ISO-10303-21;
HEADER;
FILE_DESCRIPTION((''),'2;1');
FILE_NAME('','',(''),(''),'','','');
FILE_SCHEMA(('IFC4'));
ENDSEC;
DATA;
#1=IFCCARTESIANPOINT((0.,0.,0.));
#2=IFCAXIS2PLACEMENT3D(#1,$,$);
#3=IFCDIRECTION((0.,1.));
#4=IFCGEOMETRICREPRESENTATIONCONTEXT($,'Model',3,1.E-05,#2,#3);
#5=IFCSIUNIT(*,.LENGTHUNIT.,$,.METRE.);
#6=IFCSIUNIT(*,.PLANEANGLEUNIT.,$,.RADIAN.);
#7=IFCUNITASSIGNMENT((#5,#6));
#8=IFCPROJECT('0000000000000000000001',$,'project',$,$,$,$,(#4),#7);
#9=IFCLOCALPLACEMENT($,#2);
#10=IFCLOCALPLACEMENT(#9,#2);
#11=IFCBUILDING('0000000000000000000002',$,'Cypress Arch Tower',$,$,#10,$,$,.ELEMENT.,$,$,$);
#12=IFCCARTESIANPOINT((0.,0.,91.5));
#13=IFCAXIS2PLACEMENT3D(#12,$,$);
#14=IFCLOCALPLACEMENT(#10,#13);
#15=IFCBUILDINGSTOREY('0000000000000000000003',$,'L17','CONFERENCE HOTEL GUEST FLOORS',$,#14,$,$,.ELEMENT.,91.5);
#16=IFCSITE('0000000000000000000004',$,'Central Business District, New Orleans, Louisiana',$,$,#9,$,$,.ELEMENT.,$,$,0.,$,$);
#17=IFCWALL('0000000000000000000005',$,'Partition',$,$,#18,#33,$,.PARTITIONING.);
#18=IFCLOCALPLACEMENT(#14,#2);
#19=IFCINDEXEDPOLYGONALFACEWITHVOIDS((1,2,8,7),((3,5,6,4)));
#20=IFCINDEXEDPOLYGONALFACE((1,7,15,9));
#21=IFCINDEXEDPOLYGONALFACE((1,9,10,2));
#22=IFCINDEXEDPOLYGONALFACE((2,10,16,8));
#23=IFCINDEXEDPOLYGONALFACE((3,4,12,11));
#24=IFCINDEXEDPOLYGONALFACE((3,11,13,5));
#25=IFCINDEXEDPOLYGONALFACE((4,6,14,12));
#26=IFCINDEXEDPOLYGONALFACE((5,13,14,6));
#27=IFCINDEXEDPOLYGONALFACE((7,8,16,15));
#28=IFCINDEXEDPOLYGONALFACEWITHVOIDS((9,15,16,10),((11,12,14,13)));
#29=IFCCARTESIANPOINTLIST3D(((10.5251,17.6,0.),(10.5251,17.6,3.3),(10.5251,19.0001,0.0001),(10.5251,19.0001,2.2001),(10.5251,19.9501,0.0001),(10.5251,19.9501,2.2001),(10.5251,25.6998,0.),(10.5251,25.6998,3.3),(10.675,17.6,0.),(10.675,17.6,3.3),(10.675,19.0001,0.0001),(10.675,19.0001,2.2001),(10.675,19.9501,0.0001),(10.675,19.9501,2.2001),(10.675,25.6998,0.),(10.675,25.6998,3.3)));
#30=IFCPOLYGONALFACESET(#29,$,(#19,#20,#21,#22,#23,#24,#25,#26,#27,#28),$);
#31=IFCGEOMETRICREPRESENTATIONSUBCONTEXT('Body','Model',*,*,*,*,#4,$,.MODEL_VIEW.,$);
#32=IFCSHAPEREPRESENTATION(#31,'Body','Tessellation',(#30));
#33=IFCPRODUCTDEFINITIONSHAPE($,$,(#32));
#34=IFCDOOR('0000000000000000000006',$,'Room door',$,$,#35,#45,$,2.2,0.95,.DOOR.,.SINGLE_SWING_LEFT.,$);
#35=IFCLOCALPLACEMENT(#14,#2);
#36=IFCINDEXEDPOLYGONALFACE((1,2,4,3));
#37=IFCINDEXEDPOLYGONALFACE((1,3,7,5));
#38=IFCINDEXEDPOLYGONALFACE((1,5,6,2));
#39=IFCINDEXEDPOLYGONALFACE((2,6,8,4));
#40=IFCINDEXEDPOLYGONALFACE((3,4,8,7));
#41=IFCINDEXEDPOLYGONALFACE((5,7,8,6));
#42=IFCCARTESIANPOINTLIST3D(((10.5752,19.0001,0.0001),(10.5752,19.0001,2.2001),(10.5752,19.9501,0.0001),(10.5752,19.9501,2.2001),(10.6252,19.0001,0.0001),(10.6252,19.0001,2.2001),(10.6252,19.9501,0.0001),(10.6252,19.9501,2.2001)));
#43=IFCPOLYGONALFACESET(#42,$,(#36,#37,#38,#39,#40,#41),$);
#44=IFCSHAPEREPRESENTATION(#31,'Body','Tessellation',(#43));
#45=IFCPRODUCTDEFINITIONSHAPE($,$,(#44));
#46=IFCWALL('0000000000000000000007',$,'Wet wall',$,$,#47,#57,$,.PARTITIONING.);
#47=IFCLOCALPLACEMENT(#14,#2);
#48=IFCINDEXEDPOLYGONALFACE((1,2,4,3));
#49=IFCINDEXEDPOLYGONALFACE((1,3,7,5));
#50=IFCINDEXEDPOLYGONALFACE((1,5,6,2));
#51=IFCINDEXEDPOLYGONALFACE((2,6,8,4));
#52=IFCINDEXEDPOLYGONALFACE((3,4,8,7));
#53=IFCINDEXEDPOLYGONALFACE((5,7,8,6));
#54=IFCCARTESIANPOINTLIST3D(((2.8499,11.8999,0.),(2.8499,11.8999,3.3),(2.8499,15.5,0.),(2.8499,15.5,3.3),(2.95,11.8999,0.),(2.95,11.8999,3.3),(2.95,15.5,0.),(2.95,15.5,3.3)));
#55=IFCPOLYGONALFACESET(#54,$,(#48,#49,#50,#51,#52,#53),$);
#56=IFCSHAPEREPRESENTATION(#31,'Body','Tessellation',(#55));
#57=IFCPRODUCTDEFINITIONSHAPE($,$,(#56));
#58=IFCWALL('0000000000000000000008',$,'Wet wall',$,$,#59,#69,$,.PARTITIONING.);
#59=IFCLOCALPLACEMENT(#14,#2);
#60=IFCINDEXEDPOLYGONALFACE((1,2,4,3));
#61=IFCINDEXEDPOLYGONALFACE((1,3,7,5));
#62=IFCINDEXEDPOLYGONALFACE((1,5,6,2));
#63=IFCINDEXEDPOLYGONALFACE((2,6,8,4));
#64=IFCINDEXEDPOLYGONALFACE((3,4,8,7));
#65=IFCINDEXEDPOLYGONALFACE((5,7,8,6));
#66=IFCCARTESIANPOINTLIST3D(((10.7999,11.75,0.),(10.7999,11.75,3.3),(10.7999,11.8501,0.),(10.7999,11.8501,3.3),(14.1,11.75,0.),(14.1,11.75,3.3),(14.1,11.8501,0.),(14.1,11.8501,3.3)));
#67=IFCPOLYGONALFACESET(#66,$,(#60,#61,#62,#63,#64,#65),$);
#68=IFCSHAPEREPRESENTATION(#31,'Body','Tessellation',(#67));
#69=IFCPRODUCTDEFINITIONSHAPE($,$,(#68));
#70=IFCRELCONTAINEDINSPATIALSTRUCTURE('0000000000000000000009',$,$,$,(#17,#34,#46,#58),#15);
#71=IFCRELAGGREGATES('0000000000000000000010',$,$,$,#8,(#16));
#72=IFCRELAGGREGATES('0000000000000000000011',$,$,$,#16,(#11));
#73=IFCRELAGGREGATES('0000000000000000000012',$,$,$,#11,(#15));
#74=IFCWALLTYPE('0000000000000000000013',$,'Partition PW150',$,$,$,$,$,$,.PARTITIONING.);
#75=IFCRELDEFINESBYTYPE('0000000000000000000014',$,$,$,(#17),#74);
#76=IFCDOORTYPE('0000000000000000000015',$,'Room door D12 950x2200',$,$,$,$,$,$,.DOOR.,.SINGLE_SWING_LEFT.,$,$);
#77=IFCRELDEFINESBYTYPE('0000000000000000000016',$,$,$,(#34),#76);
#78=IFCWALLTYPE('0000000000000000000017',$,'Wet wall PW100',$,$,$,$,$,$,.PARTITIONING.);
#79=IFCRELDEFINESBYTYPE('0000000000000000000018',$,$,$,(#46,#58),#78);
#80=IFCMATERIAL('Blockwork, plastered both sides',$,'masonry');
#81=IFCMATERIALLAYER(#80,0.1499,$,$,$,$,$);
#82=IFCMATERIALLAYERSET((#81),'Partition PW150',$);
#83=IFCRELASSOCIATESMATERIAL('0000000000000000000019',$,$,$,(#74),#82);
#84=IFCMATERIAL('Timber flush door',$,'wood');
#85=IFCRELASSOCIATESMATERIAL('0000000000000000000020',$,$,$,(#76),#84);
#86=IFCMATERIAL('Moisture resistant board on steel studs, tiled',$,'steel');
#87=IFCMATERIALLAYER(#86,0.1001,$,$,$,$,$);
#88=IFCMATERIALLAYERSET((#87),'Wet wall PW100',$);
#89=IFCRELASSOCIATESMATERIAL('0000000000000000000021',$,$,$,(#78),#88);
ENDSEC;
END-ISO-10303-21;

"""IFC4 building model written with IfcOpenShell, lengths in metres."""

from ifc_helpers import new_model, si_unit, direction, frame, frame_2d, origin, place, context, subcontext, project, spatial, rectangle, extrude, material, layer, layer_set, type_object, element, fill, save


model = new_model("IFC4")

# Units and contexts
model_context = context("Model", 3, precision=1e-05, world=origin(), true_north=direction((0.0, 1.0)))
body_context = subcontext(model_context, "Body", "Model", "MODEL_VIEW")
ifc_project = project(units=[si_unit("LENGTHUNIT", "METRE"), si_unit("PLANEANGLEUNIT", "RADIAN")], contexts=[model_context])

# Site, building, storey
site_placement = place(None, origin())
site = spatial("IfcSite", under=ifc_project, at=site_placement, Name="Central Business District, New Orleans, Louisiana", CompositionType="ELEMENT", RefElevation=0.0)
building_placement = place(site_placement, origin())
building = spatial("IfcBuilding", under=site, at=building_placement, Name="Cypress Arch Tower", CompositionType="ELEMENT")
storey_placement = place(building_placement, frame((0.0, 0.0, 91.5)))
storey = spatial("IfcBuildingStorey", under=building, at=storey_placement, Name="L17", Description="CONFERENCE HOTEL GUEST FLOORS", CompositionType="ELEMENT", Elevation=91.5)

# Shared definitions
ifc_material_1 = material(Name="Blockwork, plastered both sides", Category="masonry")
ifc_layer_1 = layer(ifc_material_1, 0.1499)
ifc_layer_set_1 = layer_set([ifc_layer_1], Name="Partition PW150")
wall_type_1 = type_object("IfcWallType", Name="Partition PW150", PredefinedType="PARTITIONING", material=ifc_layer_set_1)

# Wall, opening, door
wall_1_placement = place(storey_placement, frame((10.6001, 17.6001, 0.0), z_axis=(0.0, 0.0, 1.0), x_axis=(0.0, 1.0, 0.0)))
wall_1 = element("IfcWall", 1, at=wall_1_placement, inside=storey, type_object=wall_type_1, Name="Partition", PredefinedType="PARTITIONING", context=body_context, shape_type="SweptSolid", body=[
    extrude(rectangle(XDim=8.0999, YDim=0.1499, at=frame_2d((4.0498, 0.0))), origin(), (0.0, 0.0, 1.0), 3.3),
])
opening_1_placement = place(wall_1_placement, frame((1.3999, 0.0, 0.0)))
opening_1 = element("IfcOpeningElement", 2, at=opening_1_placement, cuts=wall_1, PredefinedType="OPENING", context=body_context, shape_type="SweptSolid", body=[
    extrude(rectangle(XDim=0.95, YDim=2.2, at=frame_2d((0.4751, 1.1001))), frame((0.0, 0.085, 0.0), z_axis=(0.0, -1.0, 0.0), x_axis=(1.0, 0.0, 0.0)), (0.0, 0.0, 1.0), 0.1699),
])
ifc_material_2 = material(Name="Timber flush door", Category="wood")
door_type_1 = type_object("IfcDoorType", Name="Room door D12 950x2200", OperationType="SINGLE_SWING_LEFT", PredefinedType="DOOR", material=ifc_material_2)
door_1_placement = place(opening_1_placement, origin())
door_1 = element("IfcDoor", 3, at=door_1_placement, inside=storey, type_object=door_type_1, Name="Room door", OperationType="SINGLE_SWING_LEFT", OverallHeight=2.2, OverallWidth=0.95, PredefinedType="DOOR", context=body_context, shape_type="SweptSolid", body=[
    extrude(rectangle(XDim=0.95, YDim=2.2, at=frame_2d((0.4751, 1.1001))), frame((0.0, 0.0249, 0.0), z_axis=(0.0, -1.0, 0.0), x_axis=(1.0, 0.0, 0.0)), (0.0, 0.0, 1.0), 0.05),
])
fill(opening_1, door_1)

# Walls
ifc_material_3 = material(Name="Moisture resistant board on steel studs, tiled", Category="steel")
ifc_layer_2 = layer(ifc_material_3, 0.1001)
ifc_layer_set_2 = layer_set([ifc_layer_2], Name="Wet wall PW100")
wall_type_2 = type_object("IfcWallType", Name="Wet wall PW100", PredefinedType="PARTITIONING", material=ifc_layer_set_2)
wall_2_placement = place(storey_placement, frame((2.8999, 11.8999, 0.0), z_axis=(0.0, 0.0, 1.0), x_axis=(0.0, 1.0, 0.0)))
element("IfcWall", 4, at=wall_2_placement, inside=storey, type_object=wall_type_2, Name="Wet wall", PredefinedType="PARTITIONING", context=body_context, shape_type="SweptSolid", body=[
    extrude(rectangle(XDim=3.6001, YDim=0.1001, at=frame_2d((1.8, 0.0))), origin(), (0.0, 0.0, 1.0), 3.3),
])
wall_3_placement = place(storey_placement, frame((10.8, 11.8, 0.0), z_axis=(0.0, 0.0, 1.0), x_axis=(1.0, 0.0, 0.0)))
element("IfcWall", 5, at=wall_3_placement, inside=storey, type_object=wall_type_2, Name="Wet wall", PredefinedType="PARTITIONING", context=body_context, shape_type="SweptSolid", body=[
    extrude(rectangle(XDim=3.3, YDim=0.1001, at=frame_2d((1.6499, 0.0))), origin(), (0.0, 0.0, 1.0), 3.3),
])

save(model, "model.ifc")
